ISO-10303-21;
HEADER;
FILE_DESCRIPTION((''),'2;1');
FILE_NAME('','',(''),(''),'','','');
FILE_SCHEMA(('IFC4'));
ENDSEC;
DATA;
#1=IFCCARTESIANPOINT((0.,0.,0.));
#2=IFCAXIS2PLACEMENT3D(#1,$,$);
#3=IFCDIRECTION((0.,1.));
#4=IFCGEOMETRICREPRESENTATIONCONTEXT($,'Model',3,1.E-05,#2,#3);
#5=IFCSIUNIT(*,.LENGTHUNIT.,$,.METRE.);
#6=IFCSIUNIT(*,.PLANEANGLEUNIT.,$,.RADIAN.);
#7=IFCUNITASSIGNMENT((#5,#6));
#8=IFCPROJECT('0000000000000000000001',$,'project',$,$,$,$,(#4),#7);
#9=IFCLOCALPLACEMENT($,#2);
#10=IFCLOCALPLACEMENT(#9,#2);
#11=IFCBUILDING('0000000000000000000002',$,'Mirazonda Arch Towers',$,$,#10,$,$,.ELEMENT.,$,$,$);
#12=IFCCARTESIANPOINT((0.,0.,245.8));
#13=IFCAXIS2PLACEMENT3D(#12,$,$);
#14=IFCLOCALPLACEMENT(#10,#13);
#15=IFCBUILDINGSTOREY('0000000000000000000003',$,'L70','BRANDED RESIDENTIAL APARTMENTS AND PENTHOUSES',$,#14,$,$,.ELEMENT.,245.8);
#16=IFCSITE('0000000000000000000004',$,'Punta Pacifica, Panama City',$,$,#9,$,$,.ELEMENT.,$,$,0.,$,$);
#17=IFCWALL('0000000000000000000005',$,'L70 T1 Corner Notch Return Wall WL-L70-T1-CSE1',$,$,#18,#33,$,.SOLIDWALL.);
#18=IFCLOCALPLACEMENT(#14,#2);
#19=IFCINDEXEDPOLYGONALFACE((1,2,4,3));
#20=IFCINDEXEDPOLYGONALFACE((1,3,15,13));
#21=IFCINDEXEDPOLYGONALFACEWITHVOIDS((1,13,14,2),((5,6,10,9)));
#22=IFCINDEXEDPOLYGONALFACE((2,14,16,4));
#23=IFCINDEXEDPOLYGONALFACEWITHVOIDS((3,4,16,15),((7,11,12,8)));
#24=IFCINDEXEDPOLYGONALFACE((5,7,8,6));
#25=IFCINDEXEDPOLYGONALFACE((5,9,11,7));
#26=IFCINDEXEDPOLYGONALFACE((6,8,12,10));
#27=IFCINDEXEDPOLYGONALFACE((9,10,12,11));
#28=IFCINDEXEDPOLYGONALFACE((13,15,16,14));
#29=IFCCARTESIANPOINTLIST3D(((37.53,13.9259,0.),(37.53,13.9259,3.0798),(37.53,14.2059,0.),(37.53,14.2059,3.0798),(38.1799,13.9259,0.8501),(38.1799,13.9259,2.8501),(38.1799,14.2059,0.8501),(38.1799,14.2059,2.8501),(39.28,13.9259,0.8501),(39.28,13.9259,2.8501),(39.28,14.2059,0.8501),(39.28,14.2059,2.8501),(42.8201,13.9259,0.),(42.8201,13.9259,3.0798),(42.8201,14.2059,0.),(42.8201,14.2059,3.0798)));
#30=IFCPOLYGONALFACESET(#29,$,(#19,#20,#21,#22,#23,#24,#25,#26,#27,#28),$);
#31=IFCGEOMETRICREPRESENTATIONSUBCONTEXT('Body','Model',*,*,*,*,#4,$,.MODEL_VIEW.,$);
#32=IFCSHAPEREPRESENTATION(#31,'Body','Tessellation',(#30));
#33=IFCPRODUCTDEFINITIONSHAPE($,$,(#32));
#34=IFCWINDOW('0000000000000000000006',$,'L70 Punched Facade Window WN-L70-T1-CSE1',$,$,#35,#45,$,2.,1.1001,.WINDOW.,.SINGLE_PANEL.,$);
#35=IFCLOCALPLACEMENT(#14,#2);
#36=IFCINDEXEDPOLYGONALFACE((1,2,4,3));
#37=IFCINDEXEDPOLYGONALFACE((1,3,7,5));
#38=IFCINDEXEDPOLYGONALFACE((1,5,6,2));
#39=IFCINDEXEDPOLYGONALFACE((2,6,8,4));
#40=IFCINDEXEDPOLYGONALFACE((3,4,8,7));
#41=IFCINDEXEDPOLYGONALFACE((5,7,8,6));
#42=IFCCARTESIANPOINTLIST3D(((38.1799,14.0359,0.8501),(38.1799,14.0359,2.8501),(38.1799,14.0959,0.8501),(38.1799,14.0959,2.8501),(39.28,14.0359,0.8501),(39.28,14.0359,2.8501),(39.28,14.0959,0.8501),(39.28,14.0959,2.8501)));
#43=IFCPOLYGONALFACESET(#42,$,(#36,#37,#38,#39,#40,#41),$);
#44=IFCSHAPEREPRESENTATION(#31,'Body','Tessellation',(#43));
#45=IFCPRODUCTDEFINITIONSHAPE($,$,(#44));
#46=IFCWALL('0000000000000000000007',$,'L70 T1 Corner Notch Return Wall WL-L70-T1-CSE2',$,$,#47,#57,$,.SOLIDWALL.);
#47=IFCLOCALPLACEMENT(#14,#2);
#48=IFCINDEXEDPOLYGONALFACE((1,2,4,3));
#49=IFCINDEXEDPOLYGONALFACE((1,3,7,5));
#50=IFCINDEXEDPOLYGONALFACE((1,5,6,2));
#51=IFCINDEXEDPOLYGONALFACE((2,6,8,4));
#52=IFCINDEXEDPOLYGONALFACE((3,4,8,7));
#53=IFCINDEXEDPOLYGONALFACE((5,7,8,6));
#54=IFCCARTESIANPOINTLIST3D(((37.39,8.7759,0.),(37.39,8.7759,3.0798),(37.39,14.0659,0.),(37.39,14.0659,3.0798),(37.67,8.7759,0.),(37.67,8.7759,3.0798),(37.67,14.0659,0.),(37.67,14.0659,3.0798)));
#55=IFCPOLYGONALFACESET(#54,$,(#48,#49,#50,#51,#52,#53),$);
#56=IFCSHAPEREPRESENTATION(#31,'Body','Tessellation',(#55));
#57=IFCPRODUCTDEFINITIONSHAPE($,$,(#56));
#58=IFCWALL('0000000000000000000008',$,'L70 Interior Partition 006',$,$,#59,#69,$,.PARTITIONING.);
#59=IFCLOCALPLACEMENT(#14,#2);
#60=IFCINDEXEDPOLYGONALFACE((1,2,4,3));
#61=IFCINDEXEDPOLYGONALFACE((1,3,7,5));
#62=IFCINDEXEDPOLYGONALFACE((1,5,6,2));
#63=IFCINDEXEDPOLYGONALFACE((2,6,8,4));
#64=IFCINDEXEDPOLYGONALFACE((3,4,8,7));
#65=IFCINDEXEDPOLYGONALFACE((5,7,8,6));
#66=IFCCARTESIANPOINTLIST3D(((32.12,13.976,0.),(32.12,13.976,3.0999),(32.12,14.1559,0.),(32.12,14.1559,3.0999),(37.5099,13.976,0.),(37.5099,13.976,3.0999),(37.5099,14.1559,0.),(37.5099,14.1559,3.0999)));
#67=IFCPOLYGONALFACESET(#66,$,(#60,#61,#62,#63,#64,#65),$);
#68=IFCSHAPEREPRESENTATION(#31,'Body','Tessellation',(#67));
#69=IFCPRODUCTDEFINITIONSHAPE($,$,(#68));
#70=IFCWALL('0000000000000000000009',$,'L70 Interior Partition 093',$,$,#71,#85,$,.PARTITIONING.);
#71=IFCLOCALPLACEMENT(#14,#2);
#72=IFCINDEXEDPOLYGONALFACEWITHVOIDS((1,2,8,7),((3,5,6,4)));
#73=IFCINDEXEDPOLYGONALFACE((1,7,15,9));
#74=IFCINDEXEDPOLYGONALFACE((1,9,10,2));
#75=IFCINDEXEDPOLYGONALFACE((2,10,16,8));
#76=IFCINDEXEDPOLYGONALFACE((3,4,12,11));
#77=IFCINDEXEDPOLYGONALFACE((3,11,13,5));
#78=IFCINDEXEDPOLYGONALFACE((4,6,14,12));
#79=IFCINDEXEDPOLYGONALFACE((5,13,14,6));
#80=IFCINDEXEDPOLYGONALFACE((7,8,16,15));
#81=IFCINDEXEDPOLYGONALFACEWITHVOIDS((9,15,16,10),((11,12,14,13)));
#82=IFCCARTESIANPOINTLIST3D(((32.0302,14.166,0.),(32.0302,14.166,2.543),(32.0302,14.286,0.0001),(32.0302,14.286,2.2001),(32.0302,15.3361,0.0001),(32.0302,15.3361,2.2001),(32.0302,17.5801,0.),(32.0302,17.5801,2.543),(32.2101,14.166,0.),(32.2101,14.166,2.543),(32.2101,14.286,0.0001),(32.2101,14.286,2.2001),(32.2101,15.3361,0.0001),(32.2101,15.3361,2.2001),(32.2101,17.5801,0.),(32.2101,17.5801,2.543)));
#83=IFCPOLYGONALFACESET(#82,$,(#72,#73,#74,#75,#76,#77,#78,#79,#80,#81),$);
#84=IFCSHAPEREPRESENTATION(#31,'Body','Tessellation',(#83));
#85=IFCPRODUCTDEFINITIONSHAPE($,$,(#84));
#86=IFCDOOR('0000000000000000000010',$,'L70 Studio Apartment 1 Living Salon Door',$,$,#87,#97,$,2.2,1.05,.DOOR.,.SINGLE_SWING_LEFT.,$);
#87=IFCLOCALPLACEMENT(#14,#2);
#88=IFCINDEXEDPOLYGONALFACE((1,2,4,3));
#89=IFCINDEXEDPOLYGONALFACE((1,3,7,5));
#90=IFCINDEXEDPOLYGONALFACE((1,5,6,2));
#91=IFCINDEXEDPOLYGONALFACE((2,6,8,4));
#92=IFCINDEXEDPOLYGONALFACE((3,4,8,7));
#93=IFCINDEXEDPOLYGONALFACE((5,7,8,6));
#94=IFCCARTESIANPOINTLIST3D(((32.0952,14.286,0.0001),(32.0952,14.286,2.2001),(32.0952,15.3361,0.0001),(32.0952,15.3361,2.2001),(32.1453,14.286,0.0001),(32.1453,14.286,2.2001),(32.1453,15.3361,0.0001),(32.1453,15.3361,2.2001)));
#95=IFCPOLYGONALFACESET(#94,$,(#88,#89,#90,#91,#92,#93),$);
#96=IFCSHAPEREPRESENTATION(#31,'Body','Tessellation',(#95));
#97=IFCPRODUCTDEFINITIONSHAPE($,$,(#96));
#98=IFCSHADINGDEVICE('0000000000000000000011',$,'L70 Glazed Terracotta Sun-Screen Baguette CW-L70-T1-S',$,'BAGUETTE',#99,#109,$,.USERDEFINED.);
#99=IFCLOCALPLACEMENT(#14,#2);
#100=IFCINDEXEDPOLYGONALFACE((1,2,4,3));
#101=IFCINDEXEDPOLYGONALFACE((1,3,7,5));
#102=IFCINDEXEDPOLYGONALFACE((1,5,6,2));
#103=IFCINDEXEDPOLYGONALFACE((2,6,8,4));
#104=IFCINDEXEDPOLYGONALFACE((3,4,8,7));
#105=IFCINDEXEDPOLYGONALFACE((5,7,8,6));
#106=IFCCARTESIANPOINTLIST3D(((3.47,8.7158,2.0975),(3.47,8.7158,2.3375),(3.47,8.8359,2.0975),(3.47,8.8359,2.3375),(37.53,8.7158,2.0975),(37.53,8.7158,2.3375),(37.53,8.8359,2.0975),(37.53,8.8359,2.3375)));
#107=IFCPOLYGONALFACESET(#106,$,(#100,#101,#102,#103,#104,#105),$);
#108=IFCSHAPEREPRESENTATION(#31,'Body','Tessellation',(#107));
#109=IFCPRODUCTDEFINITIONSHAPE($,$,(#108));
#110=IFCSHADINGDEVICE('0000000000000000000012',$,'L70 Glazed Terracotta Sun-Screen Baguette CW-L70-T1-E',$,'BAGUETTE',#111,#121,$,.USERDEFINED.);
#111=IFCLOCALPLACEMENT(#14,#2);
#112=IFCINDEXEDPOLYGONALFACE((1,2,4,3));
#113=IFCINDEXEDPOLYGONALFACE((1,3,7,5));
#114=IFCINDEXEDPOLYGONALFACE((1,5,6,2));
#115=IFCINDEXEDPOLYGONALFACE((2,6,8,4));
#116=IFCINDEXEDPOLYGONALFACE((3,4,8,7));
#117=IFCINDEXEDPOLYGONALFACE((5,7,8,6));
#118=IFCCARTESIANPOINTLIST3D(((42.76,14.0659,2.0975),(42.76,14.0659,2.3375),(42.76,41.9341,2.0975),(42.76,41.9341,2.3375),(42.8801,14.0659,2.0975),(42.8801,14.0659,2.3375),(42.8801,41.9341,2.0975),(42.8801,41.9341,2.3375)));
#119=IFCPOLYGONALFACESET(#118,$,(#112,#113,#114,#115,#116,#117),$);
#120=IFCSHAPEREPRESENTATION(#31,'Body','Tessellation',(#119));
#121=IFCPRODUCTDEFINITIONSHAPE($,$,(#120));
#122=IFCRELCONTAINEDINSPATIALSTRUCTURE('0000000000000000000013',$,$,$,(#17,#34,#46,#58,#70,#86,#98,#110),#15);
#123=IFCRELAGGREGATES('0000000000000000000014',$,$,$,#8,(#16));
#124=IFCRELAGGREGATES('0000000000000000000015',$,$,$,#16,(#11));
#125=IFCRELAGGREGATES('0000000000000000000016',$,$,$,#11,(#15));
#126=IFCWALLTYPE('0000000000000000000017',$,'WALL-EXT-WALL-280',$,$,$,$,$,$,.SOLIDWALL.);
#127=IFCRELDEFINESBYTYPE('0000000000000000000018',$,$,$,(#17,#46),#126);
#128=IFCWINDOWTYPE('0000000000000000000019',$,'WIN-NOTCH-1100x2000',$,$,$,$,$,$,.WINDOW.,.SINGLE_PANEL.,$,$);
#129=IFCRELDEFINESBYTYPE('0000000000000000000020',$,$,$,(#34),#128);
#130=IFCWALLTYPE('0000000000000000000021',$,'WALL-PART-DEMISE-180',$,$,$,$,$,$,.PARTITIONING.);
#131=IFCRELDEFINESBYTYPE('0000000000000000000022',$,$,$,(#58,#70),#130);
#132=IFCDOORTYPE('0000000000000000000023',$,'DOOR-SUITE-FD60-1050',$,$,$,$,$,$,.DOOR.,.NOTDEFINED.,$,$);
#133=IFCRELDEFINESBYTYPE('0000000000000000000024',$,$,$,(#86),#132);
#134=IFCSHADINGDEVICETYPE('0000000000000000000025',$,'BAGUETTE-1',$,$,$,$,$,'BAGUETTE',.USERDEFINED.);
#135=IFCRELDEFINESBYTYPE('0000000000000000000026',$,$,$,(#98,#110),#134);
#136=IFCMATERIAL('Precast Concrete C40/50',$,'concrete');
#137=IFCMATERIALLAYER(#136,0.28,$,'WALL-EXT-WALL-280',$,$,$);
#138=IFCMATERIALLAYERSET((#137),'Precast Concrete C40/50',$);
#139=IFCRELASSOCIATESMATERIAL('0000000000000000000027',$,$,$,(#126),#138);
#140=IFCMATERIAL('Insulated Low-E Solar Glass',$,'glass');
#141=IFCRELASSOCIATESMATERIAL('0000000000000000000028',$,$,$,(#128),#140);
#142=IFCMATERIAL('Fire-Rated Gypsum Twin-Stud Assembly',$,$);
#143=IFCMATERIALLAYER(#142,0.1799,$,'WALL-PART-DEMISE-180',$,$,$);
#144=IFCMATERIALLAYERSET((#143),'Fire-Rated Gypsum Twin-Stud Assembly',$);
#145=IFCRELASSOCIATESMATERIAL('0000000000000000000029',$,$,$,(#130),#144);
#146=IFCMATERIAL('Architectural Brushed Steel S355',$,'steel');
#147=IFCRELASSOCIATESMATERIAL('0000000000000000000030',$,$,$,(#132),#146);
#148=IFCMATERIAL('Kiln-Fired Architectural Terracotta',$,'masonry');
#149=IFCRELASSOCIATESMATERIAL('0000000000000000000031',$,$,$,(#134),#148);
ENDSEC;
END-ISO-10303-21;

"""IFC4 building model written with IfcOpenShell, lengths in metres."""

from ifc_helpers import new_model, si_unit, direction, frame, frame_2d, origin, origin_2d, place, context, subcontext, project, spatial, rectangle, extrude, material, layer, layer_set, material_profile, profile_set, type_object, element, fill, save


model = new_model("IFC4")

# Units and contexts
model_context = context("Model", 3, precision=1e-05, world=origin(), true_north=direction((0.0, 1.0)))
body_context = subcontext(model_context, "Body", "Model", "MODEL_VIEW")
ifc_project = project(units=[si_unit("LENGTHUNIT", "METRE"), si_unit("PLANEANGLEUNIT", "RADIAN")], contexts=[model_context])

# Site, building, storey
site_placement = place(None, origin())
site = spatial("IfcSite", under=ifc_project, at=site_placement, Name="Punta Pacifica, Panama City", CompositionType="ELEMENT", RefElevation=0.0)
building_placement = place(site_placement, origin())
building = spatial("IfcBuilding", under=site, at=building_placement, Name="Mirazonda Arch Towers", CompositionType="ELEMENT")
storey_placement = place(building_placement, frame((0.0, 0.0, 245.8)))
storey = spatial("IfcBuildingStorey", under=building, at=storey_placement, Name="L70", Description="BRANDED RESIDENTIAL APARTMENTS AND PENTHOUSES", CompositionType="ELEMENT", Elevation=245.8)

# Shared definitions
ifc_material_1 = material(Name="Insulated Low-E Solar Glass", Category="glass")

# Wall, opening, window
ifc_material_2 = material(Name="Precast Concrete C40/50", Category="concrete")
ifc_layer_1 = layer(ifc_material_2, 0.28, Name="WALL-EXT-WALL-280")
ifc_layer_set_1 = layer_set([ifc_layer_1], Name="Precast Concrete C40/50")
wall_type_1 = type_object("IfcWallType", Name="WALL-EXT-WALL-280", PredefinedType="SOLIDWALL", material=ifc_layer_set_1)
wall_1_placement = place(storey_placement, frame((37.53, 14.0659, 0.0), z_axis=(0.0, 0.0, 1.0), x_axis=(1.0, 0.0, 0.0)))
wall_1 = element("IfcWall", 1, at=wall_1_placement, inside=storey, type_object=wall_type_1, Name="L70 T1 Corner Notch Return Wall WL-L70-T1-CSE1", PredefinedType="SOLIDWALL", context=body_context, shape_type="SweptSolid", body=[
    extrude(rectangle(XDim=5.29, YDim=0.28, at=frame_2d((2.645, 0.0))), origin(), (0.0, 0.0, 1.0), 3.0798),
])
opening_1_placement = place(wall_1_placement, frame((0.6499, 0.0, 0.8501)))
opening_1 = element("IfcOpeningElement", 2, at=opening_1_placement, cuts=wall_1, PredefinedType="OPENING", context=body_context, shape_type="SweptSolid", body=[
    extrude(rectangle(XDim=1.1001, YDim=2.0, at=frame_2d((0.55, 1.0))), frame((0.0, 0.1499, 0.0), z_axis=(0.0, -1.0, 0.0), x_axis=(1.0, 0.0, 0.0)), (0.0, 0.0, 1.0), 0.3),
])
window_type = type_object("IfcWindowType", Name="WIN-NOTCH-1100x2000", PartitioningType="SINGLE_PANEL", PredefinedType="WINDOW", material=ifc_material_1)
window_placement = place(opening_1_placement, origin())
window = element("IfcWindow", 3, at=window_placement, inside=storey, type_object=window_type, Name="L70 Punched Facade Window WN-L70-T1-CSE1", OverallHeight=2.0, OverallWidth=1.1001, PartitioningType="SINGLE_PANEL", PredefinedType="WINDOW", context=body_context, shape_type="SweptSolid", body=[
    extrude(rectangle(XDim=1.1001, YDim=2.0, at=frame_2d((0.55, 1.0))), frame((0.0, 0.03, 0.0), z_axis=(0.0, -1.0, 0.0), x_axis=(1.0, 0.0, 0.0)), (0.0, 0.0, 1.0), 0.0601),
])
fill(opening_1, window)

# Walls
wall_2_placement = place(storey_placement, frame((37.53, 8.7759, 0.0), z_axis=(0.0, 0.0, 1.0), x_axis=(0.0, 1.0, 0.0)))
element("IfcWall", 4, at=wall_2_placement, inside=storey, type_object=wall_type_1, Name="L70 T1 Corner Notch Return Wall WL-L70-T1-CSE2", PredefinedType="SOLIDWALL", context=body_context, shape_type="SweptSolid", body=[
    extrude(rectangle(XDim=5.29, YDim=0.28, at=frame_2d((2.645, 0.0))), origin(), (0.0, 0.0, 1.0), 3.0798),
])
ifc_material_3 = material(Name="Fire-Rated Gypsum Twin-Stud Assembly")
ifc_layer_2 = layer(ifc_material_3, 0.1799, Name="WALL-PART-DEMISE-180")
ifc_layer_set_2 = layer_set([ifc_layer_2], Name="Fire-Rated Gypsum Twin-Stud Assembly")
wall_type_2 = type_object("IfcWallType", Name="WALL-PART-DEMISE-180", PredefinedType="PARTITIONING", material=ifc_layer_set_2)
wall_3_placement = place(storey_placement, frame((32.1201, 14.0659, 0.0), z_axis=(0.0, 0.0, 1.0), x_axis=(1.0, 0.0, 0.0)))
element("IfcWall", 5, at=wall_3_placement, inside=storey, type_object=wall_type_2, Name="L70 Interior Partition 006", PredefinedType="PARTITIONING", context=body_context, shape_type="SweptSolid", body=[
    extrude(rectangle(XDim=5.3899, YDim=0.1799, at=frame_2d((2.6948, 0.0))), origin(), (0.0, 0.0, 1.0), 3.0999),
])

# Wall, opening, door
ifc_material_4 = material(Name="Architectural Brushed Steel S355", Category="steel")
wall_4_placement = place(storey_placement, frame((32.1201, 14.166, 0.0), z_axis=(0.0, 0.0, 1.0), x_axis=(0.0, 1.0, 0.0)))
wall_4 = element("IfcWall", 6, at=wall_4_placement, inside=storey, type_object=wall_type_2, Name="L70 Interior Partition 093", PredefinedType="PARTITIONING", context=body_context, shape_type="SweptSolid", body=[
    extrude(rectangle(XDim=3.4141, YDim=0.1799, at=frame_2d((1.707, 0.0))), origin(), (0.0, 0.0, 1.0), 2.543),
])
opening_2_placement = place(wall_4_placement, frame((0.1201, 0.0, 0.0)))
opening_2 = element("IfcOpeningElement", 7, at=opening_2_placement, cuts=wall_4, PredefinedType="OPENING", context=body_context, shape_type="SweptSolid", body=[
    extrude(rectangle(XDim=1.05, YDim=2.2, at=frame_2d((0.5249, 1.1001))), frame((0.0, 0.0999, 0.0), z_axis=(0.0, -1.0, 0.0), x_axis=(1.0, 0.0, 0.0)), (0.0, 0.0, 1.0), 0.2),
])
door_type_1 = type_object("IfcDoorType", Name="DOOR-SUITE-FD60-1050", OperationType="NOTDEFINED", PredefinedType="DOOR", material=ifc_material_4)
door_1_placement = place(opening_2_placement, origin())
door_1 = element("IfcDoor", 8, at=door_1_placement, inside=storey, type_object=door_type_1, Name="L70 Studio Apartment 1 Living Salon Door", OperationType="SINGLE_SWING_LEFT", OverallHeight=2.2, OverallWidth=1.05, PredefinedType="DOOR", context=body_context, shape_type="SweptSolid", body=[
    extrude(rectangle(XDim=1.05, YDim=2.2, at=frame_2d((0.5249, 1.1001))), frame((0.0, 0.0249, 0.0), z_axis=(0.0, -1.0, 0.0), x_axis=(1.0, 0.0, 0.0)), (0.0, 0.0, 1.0), 0.05),
])
fill(opening_2, door_1)

# Shading devices
ifc_material_5 = material(Name="Kiln-Fired Architectural Terracotta", Category="masonry")
ifc_material_profile_1 = material_profile(ifc_material_5, rectangle(XDim=0.1201, YDim=0.24, at=origin_2d()), Name="TERRA-BAG-120x240")
ifc_profile_set_1 = profile_set([ifc_material_profile_1], Name="Kiln-Fired Architectural Terracotta")
shading_device_type = type_object("IfcShadingDeviceType", Name="BAGUETTE-1", ElementType="BAGUETTE", PredefinedType="USERDEFINED", material=ifc_profile_set_1)
shading_device_1_placement = place(storey_placement, frame((37.53, 8.7759, 2.2175), z_axis=(-1.0, 0.0, 0.0), x_axis=(0.0, -1.0, 0.0)))
element("IfcShadingDevice", 9, at=shading_device_1_placement, inside=storey, type_object=shading_device_type, Name="L70 Glazed Terracotta Sun-Screen Baguette CW-L70-T1-S", ObjectType="BAGUETTE", PredefinedType="USERDEFINED", context=body_context, shape_type="SweptSolid", body=[
    extrude(rectangle(XDim=0.1201, YDim=0.24, at=origin_2d()), origin(), (0.0, 0.0, 1.0), 34.0601),
])
shading_device_2_placement = place(storey_placement, frame((42.8201, 14.0659, 2.2175), z_axis=(0.0, 1.0, 0.0), x_axis=(-1.0, 0.0, 0.0)))
element("IfcShadingDevice", 10, at=shading_device_2_placement, inside=storey, type_object=shading_device_type, Name="L70 Glazed Terracotta Sun-Screen Baguette CW-L70-T1-E", ObjectType="BAGUETTE", PredefinedType="USERDEFINED", context=body_context, shape_type="SweptSolid", body=[
    extrude(rectangle(XDim=0.1201, YDim=0.24, at=origin_2d()), origin(), (0.0, 0.0, 1.0), 27.8682),
])

save(model, "model.ifc")
